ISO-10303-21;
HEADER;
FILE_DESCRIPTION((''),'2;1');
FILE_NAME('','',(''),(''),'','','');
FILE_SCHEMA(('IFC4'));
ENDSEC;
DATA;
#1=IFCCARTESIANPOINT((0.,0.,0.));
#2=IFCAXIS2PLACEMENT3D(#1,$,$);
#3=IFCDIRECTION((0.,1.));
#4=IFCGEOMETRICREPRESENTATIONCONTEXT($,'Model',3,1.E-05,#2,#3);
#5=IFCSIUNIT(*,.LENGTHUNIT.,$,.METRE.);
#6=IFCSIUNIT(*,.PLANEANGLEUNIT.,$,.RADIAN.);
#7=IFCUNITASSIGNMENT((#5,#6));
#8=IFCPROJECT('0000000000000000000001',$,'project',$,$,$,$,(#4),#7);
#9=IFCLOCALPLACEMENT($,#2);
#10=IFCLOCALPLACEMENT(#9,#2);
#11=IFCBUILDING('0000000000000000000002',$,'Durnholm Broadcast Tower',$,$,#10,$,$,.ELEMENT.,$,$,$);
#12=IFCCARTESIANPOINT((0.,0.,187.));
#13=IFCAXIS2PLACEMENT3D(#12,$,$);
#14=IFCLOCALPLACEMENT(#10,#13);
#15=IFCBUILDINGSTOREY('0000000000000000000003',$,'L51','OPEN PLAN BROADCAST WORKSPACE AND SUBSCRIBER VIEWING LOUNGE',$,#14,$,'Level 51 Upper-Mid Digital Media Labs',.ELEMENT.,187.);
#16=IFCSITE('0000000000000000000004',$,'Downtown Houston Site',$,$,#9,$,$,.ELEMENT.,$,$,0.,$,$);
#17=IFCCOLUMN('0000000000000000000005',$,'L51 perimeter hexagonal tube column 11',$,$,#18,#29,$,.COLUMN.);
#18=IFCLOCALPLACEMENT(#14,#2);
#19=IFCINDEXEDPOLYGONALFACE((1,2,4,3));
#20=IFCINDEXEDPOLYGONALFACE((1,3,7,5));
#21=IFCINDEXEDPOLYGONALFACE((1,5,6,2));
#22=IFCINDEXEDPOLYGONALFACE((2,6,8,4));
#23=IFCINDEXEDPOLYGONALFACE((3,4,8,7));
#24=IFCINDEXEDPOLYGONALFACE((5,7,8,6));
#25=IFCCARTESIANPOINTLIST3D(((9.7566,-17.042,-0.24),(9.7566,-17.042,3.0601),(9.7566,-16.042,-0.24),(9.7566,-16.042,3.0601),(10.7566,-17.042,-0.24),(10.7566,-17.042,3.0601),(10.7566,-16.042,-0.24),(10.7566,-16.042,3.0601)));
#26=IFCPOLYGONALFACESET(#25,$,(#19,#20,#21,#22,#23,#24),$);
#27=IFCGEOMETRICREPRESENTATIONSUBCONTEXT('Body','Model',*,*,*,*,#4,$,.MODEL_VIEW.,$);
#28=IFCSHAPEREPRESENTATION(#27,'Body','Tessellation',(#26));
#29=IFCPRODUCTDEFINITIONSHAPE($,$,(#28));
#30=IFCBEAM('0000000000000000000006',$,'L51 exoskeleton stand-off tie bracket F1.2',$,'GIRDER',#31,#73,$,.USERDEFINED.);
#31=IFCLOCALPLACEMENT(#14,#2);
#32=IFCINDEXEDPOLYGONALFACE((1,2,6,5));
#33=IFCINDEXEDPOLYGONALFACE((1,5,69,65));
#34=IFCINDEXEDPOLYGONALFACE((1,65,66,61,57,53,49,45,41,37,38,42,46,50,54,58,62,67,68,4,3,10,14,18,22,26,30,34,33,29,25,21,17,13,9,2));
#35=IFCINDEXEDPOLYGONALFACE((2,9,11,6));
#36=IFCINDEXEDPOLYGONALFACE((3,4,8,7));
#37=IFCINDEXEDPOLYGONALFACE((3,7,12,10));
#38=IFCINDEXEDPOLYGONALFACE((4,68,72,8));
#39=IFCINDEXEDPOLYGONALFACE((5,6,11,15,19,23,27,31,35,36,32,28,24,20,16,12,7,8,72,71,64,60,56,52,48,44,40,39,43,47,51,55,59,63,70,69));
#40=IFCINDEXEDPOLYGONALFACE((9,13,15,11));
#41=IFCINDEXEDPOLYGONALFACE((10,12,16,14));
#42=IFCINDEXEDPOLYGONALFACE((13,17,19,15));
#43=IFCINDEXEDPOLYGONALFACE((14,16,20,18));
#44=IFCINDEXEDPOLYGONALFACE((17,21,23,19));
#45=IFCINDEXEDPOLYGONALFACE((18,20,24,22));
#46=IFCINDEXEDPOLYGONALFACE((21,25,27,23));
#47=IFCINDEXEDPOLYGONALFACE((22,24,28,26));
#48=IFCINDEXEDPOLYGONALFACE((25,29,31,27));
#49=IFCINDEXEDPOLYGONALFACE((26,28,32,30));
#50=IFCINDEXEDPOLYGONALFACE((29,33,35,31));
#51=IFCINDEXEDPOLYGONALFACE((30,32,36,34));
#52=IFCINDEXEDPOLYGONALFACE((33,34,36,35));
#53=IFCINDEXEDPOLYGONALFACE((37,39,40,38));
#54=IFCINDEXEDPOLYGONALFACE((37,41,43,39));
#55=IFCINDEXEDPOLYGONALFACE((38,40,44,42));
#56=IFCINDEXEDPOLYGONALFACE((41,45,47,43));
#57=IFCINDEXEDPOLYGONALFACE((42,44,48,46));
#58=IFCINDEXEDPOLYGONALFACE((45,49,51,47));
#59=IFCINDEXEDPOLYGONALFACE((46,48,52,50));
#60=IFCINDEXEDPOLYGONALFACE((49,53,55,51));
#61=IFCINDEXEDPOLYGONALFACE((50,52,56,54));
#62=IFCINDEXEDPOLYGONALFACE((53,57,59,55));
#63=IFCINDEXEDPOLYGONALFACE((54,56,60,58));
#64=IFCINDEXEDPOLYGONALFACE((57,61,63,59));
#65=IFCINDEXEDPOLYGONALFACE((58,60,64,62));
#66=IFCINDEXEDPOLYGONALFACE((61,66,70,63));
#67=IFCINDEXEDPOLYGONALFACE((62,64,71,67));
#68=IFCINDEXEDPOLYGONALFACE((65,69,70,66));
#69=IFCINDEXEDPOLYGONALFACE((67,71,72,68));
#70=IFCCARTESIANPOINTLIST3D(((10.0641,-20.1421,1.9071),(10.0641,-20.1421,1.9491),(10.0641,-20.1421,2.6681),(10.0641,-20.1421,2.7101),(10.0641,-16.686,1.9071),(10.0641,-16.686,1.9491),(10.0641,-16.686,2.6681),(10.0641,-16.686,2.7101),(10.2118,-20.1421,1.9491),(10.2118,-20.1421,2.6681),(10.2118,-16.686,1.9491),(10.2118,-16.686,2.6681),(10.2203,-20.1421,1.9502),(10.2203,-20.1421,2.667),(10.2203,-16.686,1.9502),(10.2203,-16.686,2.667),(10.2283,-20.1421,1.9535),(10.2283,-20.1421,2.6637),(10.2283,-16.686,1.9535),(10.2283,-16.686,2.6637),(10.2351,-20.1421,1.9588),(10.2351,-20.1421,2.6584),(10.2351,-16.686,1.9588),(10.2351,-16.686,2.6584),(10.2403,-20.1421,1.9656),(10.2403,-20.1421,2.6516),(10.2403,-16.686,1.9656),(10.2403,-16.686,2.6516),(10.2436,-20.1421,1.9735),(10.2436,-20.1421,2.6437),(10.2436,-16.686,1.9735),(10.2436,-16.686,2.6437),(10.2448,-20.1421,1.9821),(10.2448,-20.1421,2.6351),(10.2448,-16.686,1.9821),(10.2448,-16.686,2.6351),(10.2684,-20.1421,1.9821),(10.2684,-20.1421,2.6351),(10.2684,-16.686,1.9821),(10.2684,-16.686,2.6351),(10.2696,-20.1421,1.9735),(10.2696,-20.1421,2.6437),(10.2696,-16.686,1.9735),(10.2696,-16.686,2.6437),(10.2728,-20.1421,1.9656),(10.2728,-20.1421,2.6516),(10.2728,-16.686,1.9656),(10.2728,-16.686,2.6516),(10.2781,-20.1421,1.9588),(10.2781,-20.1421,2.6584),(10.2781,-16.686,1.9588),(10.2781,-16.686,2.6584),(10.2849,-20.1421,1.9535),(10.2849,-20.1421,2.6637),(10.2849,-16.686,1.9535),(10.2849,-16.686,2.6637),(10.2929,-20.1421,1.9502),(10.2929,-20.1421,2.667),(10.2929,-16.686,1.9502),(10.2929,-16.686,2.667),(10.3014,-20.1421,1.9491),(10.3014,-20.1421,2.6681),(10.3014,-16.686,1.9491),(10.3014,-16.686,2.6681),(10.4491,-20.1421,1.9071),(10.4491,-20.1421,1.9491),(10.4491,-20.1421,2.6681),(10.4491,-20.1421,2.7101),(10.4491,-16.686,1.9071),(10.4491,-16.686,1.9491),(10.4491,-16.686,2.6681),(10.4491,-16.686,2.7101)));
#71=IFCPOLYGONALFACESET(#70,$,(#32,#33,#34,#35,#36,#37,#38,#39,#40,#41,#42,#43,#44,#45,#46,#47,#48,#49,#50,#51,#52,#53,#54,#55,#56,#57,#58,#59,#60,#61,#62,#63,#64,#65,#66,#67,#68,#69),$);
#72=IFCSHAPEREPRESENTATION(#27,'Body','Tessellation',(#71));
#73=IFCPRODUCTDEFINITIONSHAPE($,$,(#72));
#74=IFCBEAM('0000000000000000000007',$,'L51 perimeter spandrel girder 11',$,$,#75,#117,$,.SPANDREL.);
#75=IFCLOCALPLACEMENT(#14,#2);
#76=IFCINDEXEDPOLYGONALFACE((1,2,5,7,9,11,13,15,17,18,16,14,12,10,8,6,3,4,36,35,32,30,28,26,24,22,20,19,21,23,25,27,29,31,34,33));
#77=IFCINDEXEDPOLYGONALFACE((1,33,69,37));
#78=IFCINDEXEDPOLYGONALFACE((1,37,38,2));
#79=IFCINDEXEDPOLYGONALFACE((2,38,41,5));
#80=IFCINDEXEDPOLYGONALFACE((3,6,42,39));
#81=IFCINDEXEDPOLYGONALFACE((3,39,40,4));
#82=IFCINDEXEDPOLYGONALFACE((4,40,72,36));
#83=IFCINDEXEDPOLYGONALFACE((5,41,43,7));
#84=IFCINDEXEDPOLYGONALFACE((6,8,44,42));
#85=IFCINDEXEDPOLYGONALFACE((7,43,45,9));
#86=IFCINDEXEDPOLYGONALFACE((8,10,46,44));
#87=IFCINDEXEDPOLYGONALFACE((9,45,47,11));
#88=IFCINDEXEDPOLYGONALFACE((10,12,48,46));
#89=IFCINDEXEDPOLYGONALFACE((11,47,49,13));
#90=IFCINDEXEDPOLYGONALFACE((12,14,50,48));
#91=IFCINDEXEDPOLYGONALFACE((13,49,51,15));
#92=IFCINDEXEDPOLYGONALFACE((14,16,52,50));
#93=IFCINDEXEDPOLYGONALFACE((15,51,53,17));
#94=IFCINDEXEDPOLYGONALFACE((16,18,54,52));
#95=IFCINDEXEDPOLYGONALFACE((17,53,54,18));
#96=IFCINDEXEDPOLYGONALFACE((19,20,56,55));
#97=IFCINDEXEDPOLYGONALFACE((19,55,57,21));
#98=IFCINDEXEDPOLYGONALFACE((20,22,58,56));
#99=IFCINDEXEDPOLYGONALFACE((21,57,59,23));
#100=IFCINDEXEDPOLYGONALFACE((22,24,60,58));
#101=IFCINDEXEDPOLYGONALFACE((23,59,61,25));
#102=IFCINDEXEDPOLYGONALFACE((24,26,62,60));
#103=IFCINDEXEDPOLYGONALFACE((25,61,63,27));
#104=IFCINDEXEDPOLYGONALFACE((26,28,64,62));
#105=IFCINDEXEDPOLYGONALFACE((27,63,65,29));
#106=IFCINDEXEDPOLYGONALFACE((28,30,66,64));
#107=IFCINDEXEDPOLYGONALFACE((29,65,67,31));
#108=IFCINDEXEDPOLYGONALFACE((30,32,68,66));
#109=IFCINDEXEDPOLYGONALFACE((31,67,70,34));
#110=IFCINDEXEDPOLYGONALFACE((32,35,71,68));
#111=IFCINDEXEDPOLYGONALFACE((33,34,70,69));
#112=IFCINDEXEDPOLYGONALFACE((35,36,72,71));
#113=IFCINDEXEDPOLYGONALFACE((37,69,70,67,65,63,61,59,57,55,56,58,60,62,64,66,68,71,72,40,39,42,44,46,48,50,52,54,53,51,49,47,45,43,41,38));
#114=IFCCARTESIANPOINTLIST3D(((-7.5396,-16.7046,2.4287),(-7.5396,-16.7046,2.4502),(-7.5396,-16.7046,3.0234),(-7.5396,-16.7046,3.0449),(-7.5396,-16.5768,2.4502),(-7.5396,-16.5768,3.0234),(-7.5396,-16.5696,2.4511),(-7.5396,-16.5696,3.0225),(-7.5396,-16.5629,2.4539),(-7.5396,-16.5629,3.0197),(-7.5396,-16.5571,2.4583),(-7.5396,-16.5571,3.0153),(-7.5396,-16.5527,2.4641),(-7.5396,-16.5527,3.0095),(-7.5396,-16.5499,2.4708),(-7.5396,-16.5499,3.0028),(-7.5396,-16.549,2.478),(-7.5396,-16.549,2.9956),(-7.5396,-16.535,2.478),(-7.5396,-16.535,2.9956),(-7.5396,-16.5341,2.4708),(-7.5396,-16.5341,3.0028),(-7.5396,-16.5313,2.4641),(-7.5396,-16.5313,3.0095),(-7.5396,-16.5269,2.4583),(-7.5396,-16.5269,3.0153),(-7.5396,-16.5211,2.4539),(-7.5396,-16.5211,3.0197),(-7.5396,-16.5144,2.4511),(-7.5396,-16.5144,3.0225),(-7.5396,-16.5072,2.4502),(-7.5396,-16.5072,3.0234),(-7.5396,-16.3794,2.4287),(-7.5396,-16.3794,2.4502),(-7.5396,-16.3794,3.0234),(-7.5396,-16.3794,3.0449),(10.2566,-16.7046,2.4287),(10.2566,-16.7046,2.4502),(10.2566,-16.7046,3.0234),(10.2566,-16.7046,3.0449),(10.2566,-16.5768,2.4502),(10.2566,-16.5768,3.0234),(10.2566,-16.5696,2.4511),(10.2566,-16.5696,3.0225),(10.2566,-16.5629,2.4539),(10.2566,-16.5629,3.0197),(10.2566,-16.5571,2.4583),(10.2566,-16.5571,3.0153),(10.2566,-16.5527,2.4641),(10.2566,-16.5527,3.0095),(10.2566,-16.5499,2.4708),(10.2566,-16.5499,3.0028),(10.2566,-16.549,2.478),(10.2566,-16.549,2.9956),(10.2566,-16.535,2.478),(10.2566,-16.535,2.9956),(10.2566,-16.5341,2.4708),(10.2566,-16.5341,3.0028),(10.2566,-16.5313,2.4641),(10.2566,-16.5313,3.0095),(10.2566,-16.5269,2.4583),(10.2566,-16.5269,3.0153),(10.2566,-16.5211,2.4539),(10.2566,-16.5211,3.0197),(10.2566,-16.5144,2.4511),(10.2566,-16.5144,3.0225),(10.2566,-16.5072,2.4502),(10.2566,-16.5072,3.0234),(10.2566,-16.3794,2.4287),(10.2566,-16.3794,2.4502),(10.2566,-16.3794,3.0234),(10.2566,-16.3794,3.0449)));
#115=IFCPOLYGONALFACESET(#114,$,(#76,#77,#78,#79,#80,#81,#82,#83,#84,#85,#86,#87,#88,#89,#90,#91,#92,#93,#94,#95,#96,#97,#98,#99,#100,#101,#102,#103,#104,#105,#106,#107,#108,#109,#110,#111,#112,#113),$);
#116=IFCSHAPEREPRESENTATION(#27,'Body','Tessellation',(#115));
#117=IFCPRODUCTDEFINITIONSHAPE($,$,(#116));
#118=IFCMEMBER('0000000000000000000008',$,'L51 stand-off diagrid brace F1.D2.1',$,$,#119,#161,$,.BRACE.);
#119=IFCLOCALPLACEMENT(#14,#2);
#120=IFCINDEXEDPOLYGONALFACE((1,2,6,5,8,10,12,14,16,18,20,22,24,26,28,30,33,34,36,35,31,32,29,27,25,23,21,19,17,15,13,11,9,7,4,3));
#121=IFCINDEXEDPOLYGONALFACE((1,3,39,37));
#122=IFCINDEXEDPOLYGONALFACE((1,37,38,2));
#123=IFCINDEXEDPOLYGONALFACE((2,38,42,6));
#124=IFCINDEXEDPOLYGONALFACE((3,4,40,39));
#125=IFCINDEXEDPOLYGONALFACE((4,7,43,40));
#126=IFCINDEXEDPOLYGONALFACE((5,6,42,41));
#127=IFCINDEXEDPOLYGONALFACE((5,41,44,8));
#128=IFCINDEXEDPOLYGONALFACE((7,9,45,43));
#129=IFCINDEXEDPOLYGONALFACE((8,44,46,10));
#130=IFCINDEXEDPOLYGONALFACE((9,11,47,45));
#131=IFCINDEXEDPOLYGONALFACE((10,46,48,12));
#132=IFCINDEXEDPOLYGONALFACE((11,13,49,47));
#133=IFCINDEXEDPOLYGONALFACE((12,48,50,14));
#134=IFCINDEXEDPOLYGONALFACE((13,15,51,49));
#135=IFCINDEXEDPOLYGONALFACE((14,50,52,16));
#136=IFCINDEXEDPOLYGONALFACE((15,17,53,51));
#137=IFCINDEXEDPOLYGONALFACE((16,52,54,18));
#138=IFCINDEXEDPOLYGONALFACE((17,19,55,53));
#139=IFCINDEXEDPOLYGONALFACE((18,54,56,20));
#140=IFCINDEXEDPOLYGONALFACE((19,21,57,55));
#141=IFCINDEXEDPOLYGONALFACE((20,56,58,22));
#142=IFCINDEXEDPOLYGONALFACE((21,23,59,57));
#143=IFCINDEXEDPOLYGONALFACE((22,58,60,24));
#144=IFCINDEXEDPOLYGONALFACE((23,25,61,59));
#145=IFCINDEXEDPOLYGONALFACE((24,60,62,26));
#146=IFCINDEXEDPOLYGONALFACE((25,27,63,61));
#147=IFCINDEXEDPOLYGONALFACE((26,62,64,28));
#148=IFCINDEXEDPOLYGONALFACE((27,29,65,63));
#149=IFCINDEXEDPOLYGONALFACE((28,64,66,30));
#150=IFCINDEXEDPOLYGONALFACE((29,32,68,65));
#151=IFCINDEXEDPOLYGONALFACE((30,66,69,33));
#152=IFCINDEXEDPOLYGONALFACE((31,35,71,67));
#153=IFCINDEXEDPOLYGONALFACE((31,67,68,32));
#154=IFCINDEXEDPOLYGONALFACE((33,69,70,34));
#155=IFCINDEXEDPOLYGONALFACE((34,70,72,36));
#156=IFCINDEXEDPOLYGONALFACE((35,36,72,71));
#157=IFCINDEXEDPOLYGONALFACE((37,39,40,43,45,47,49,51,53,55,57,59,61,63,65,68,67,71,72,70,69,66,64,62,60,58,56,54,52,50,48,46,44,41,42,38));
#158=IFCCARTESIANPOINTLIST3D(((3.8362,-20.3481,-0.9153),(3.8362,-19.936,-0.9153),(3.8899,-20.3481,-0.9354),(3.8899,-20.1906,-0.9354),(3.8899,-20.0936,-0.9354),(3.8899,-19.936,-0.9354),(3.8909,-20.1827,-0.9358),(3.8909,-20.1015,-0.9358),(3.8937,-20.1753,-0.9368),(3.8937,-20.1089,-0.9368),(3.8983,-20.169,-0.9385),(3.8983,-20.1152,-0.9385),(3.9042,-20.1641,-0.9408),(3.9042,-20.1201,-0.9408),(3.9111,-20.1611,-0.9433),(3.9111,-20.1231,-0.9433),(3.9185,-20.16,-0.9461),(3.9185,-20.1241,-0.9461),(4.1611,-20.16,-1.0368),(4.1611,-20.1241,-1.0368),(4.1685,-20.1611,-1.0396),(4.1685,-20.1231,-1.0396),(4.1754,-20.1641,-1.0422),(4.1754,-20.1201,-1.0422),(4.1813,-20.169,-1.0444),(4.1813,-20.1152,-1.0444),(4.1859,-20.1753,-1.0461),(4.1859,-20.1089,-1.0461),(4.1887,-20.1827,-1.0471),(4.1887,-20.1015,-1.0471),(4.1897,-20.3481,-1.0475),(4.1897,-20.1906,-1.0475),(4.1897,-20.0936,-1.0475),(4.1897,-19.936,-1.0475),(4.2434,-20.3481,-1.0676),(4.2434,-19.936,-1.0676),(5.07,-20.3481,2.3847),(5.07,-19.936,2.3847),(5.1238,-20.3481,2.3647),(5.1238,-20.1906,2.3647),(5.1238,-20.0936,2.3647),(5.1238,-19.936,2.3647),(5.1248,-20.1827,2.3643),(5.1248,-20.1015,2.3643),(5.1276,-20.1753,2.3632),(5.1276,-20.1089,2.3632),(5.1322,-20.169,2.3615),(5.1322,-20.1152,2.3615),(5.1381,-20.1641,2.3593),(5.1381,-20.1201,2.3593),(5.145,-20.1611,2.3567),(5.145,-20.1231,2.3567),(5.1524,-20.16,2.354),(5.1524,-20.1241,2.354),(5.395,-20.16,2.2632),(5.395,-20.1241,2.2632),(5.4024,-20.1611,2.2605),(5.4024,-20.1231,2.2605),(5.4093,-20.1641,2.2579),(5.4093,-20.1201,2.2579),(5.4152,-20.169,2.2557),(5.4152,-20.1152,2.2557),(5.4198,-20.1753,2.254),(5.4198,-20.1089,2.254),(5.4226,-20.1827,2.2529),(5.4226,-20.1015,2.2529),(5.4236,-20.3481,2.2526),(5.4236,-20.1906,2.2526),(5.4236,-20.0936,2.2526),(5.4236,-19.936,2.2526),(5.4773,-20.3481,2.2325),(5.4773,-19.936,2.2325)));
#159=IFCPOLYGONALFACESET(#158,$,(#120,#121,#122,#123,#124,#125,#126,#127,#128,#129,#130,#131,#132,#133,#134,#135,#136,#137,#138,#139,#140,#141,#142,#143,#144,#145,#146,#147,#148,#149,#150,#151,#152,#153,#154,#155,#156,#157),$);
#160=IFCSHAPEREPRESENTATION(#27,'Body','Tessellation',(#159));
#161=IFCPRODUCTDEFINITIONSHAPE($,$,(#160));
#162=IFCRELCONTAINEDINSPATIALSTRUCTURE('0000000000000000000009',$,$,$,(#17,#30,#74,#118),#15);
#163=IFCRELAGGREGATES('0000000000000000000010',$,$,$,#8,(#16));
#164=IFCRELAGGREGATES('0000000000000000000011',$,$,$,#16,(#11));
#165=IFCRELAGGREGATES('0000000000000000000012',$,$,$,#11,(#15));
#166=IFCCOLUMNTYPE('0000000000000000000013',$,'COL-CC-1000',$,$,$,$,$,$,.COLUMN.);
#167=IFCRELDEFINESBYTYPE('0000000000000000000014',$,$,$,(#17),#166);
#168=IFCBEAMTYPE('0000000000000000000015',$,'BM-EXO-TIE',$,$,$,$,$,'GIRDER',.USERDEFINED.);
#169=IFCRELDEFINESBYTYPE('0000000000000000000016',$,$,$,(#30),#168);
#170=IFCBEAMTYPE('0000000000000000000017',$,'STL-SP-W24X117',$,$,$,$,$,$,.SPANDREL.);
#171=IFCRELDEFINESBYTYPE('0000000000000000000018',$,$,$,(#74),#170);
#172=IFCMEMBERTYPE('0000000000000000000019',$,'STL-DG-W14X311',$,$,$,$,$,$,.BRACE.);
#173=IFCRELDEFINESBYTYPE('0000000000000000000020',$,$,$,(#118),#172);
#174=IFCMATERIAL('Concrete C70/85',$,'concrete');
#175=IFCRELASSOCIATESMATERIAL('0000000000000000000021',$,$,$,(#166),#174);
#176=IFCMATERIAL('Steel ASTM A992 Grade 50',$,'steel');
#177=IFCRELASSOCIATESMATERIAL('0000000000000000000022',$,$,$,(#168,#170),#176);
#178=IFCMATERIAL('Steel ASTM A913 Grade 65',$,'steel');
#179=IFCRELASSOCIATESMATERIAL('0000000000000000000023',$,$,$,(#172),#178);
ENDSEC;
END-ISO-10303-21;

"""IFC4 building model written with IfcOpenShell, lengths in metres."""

from ifc_helpers import new_model, si_unit, direction, frame, origin, origin_2d, place, context, subcontext, project, spatial, rectangle, i_section, extrude, source, transform, mapped, material, material_profile, profile_set, type_object, type_shapes, element, save


model = new_model("IFC4")

# Units and contexts
model_context = context("Model", 3, precision=1e-05, world=origin(), true_north=direction((0.0, 1.0)))
body_context = subcontext(model_context, "Body", "Model", "MODEL_VIEW")
ifc_project = project(units=[si_unit("LENGTHUNIT", "METRE"), si_unit("PLANEANGLEUNIT", "RADIAN")], contexts=[model_context])

# Site, building, storey
site_placement = place(None, origin())
site = spatial("IfcSite", under=ifc_project, at=site_placement, Name="Downtown Houston Site", CompositionType="ELEMENT", RefElevation=0.0)
building_placement = place(site_placement, origin())
building = spatial("IfcBuilding", under=site, at=building_placement, Name="Durnholm Broadcast Tower", CompositionType="ELEMENT")
storey_placement = place(building_placement, frame((0.0, 0.0, 187.0)))
storey = spatial("IfcBuildingStorey", under=building, at=storey_placement, Name="L51", Description="OPEN PLAN BROADCAST WORKSPACE AND SUBSCRIBER VIEWING LOUNGE", LongName="Level 51 Upper-Mid Digital Media Labs", CompositionType="ELEMENT", Elevation=187.0)

# Column
ifc_material_1 = material(Name="Concrete C70/85", Category="concrete")
ifc_material_profile_1 = material_profile(ifc_material_1, rectangle(XDim=1.0, YDim=1.0, at=origin_2d()), Name="RC1000X1000")
ifc_profile_set_1 = profile_set([ifc_material_profile_1], Name="Concrete C70/85")
column_type = type_object("IfcColumnType", Name="COL-CC-1000", PredefinedType="COLUMN", material=ifc_profile_set_1)
shared_shape_1 = source(origin(), body_context, "Body", "SweptSolid", [
    extrude(rectangle(XDim=1.0, YDim=1.0, at=origin_2d()), origin(), (0.0, 0.0, 1.0), 3.3),
])
type_shapes(column_type, [shared_shape_1])
column_placement = place(storey_placement, frame((10.2566, -16.542, -0.24), z_axis=(0.0, 0.0, 1.0), x_axis=(1.0, 0.0, 0.0)))
element("IfcColumn", 1, at=column_placement, inside=storey, type_object=column_type, Name="L51 perimeter hexagonal tube column 11", PredefinedType="COLUMN", context=body_context, shape_type="MappedRepresentation", body=[
    mapped(shared_shape_1, transform((0.0, 0.0, 0.0), x_axis=(1.0, 0.0, 0.0), y_axis=(0.0, 1.0, 0.0), z_axis=(0.0, 0.0, 1.0), scale=1.0)),
])

# Beams
ifc_material_2 = material(Name="Steel ASTM A992 Grade 50", Category="steel")
ifc_material_profile_2 = material_profile(ifc_material_2, i_section(OverallWidth=0.385, OverallDepth=0.803, WebThickness=0.0237, FlangeThickness=0.042, FilletRadius=0.033, at=origin_2d()), Name="W30X261")
ifc_profile_set_2 = profile_set([ifc_material_profile_2], Name="Steel ASTM A992 Grade 50")
beam_type_1 = type_object("IfcBeamType", Name="BM-EXO-TIE", ElementType="GIRDER", PredefinedType="USERDEFINED", material=ifc_profile_set_2)
shared_shape_2 = source(origin(), body_context, "Body", "SweptSolid", [
    extrude(i_section(OverallWidth=0.385, OverallDepth=0.803, WebThickness=0.0237, FlangeThickness=0.042, FilletRadius=0.033, at=origin_2d()), origin(), (0.0, 0.0, 1.0), 3.4561),
])
type_shapes(beam_type_1, [shared_shape_2])
beam_1_placement = place(storey_placement, frame((10.2566, -16.686, 2.3086), z_axis=(0.0, -1.0, 0.0), x_axis=(1.0, 0.0, 0.0)))
element("IfcBeam", 2, at=beam_1_placement, inside=storey, type_object=beam_type_1, Name="L51 exoskeleton stand-off tie bracket F1.2", ObjectType="GIRDER", PredefinedType="USERDEFINED", context=body_context, shape_type="MappedRepresentation", body=[
    mapped(shared_shape_2, transform((0.0, 0.0, 0.0), x_axis=(1.0, 0.0, 0.0), y_axis=(0.0, 1.0, 0.0), z_axis=(0.0, 0.0, 1.0), scale=1.0)),
])
ifc_material_profile_3 = material_profile(ifc_material_2, i_section(OverallWidth=0.3252, OverallDepth=0.6162, WebThickness=0.0139, FlangeThickness=0.0215, FilletRadius=0.0278, at=origin_2d()), Name="W24X117")
ifc_profile_set_3 = profile_set([ifc_material_profile_3], Name="Steel ASTM A992 Grade 50")
beam_type_2 = type_object("IfcBeamType", Name="STL-SP-W24X117", PredefinedType="SPANDREL", material=ifc_profile_set_3)
shared_shape_3 = source(origin(), body_context, "Body", "SweptSolid", [
    extrude(i_section(OverallWidth=0.3252, OverallDepth=0.6162, WebThickness=0.0139, FlangeThickness=0.0215, FilletRadius=0.0278, at=origin_2d()), origin(), (0.0, 0.0, 1.0), 17.7961),
])
type_shapes(beam_type_2, [shared_shape_3])
beam_2_placement = place(storey_placement, frame((10.2566, -16.542, 2.7368), z_axis=(-1.0, 0.0, 0.0), x_axis=(0.0, -1.0, 0.0)))
element("IfcBeam", 3, at=beam_2_placement, inside=storey, type_object=beam_type_2, Name="L51 perimeter spandrel girder 11", PredefinedType="SPANDREL", context=body_context, shape_type="MappedRepresentation", body=[
    mapped(shared_shape_3, transform((0.0, 0.0, 0.0), x_axis=(1.0, 0.0, 0.0), y_axis=(0.0, 1.0, 0.0), z_axis=(0.0, 0.0, 1.0), scale=1.0)),
])

# Member
ifc_material_3 = material(Name="Steel ASTM A913 Grade 65", Category="steel")
ifc_material_profile_4 = material_profile(ifc_material_3, i_section(OverallWidth=0.4121, OverallDepth=0.4348, WebThickness=0.0359, FlangeThickness=0.0574, FilletRadius=0.0305, at=origin_2d()), Name="W14X311")
ifc_profile_set_4 = profile_set([ifc_material_profile_4], Name="Steel ASTM A913 Grade 65")
member_type_1 = type_object("IfcMemberType", Name="STL-DG-W14X311", PredefinedType="BRACE", material=ifc_profile_set_4)
shared_shape_4 = source(origin(), body_context, "Body", "SweptSolid", [
    extrude(i_section(OverallWidth=0.4121, OverallDepth=0.4348, WebThickness=0.0359, FlangeThickness=0.0574, FilletRadius=0.0305, at=origin_2d()), origin(), (0.0, 0.0, 1.0), 3.5232),
])
type_shapes(member_type_1, [shared_shape_4])
for number, where, z_axis, x_axis, name in (
    (4, (4.0398, -20.1421, -0.9915), (0.35022, 0.0, 0.936668), (0.0, 1.0, 0.0), "L51 stand-off diagrid brace F1.D2.1"),
):
    element("IfcMember", number, at=place(storey_placement, frame(where, z_axis=z_axis, x_axis=x_axis)), inside=storey, type_object=member_type_1, Name=name, PredefinedType="BRACE", context=body_context, shape_type="MappedRepresentation", body=[
        mapped(shared_shape_4, transform((0.0, 0.0, 0.0), x_axis=(1.0, 0.0, 0.0), y_axis=(0.0, 1.0, 0.0), z_axis=(0.0, 0.0, 1.0), scale=1.0)),
    ])

save(model, "model.ifc")
